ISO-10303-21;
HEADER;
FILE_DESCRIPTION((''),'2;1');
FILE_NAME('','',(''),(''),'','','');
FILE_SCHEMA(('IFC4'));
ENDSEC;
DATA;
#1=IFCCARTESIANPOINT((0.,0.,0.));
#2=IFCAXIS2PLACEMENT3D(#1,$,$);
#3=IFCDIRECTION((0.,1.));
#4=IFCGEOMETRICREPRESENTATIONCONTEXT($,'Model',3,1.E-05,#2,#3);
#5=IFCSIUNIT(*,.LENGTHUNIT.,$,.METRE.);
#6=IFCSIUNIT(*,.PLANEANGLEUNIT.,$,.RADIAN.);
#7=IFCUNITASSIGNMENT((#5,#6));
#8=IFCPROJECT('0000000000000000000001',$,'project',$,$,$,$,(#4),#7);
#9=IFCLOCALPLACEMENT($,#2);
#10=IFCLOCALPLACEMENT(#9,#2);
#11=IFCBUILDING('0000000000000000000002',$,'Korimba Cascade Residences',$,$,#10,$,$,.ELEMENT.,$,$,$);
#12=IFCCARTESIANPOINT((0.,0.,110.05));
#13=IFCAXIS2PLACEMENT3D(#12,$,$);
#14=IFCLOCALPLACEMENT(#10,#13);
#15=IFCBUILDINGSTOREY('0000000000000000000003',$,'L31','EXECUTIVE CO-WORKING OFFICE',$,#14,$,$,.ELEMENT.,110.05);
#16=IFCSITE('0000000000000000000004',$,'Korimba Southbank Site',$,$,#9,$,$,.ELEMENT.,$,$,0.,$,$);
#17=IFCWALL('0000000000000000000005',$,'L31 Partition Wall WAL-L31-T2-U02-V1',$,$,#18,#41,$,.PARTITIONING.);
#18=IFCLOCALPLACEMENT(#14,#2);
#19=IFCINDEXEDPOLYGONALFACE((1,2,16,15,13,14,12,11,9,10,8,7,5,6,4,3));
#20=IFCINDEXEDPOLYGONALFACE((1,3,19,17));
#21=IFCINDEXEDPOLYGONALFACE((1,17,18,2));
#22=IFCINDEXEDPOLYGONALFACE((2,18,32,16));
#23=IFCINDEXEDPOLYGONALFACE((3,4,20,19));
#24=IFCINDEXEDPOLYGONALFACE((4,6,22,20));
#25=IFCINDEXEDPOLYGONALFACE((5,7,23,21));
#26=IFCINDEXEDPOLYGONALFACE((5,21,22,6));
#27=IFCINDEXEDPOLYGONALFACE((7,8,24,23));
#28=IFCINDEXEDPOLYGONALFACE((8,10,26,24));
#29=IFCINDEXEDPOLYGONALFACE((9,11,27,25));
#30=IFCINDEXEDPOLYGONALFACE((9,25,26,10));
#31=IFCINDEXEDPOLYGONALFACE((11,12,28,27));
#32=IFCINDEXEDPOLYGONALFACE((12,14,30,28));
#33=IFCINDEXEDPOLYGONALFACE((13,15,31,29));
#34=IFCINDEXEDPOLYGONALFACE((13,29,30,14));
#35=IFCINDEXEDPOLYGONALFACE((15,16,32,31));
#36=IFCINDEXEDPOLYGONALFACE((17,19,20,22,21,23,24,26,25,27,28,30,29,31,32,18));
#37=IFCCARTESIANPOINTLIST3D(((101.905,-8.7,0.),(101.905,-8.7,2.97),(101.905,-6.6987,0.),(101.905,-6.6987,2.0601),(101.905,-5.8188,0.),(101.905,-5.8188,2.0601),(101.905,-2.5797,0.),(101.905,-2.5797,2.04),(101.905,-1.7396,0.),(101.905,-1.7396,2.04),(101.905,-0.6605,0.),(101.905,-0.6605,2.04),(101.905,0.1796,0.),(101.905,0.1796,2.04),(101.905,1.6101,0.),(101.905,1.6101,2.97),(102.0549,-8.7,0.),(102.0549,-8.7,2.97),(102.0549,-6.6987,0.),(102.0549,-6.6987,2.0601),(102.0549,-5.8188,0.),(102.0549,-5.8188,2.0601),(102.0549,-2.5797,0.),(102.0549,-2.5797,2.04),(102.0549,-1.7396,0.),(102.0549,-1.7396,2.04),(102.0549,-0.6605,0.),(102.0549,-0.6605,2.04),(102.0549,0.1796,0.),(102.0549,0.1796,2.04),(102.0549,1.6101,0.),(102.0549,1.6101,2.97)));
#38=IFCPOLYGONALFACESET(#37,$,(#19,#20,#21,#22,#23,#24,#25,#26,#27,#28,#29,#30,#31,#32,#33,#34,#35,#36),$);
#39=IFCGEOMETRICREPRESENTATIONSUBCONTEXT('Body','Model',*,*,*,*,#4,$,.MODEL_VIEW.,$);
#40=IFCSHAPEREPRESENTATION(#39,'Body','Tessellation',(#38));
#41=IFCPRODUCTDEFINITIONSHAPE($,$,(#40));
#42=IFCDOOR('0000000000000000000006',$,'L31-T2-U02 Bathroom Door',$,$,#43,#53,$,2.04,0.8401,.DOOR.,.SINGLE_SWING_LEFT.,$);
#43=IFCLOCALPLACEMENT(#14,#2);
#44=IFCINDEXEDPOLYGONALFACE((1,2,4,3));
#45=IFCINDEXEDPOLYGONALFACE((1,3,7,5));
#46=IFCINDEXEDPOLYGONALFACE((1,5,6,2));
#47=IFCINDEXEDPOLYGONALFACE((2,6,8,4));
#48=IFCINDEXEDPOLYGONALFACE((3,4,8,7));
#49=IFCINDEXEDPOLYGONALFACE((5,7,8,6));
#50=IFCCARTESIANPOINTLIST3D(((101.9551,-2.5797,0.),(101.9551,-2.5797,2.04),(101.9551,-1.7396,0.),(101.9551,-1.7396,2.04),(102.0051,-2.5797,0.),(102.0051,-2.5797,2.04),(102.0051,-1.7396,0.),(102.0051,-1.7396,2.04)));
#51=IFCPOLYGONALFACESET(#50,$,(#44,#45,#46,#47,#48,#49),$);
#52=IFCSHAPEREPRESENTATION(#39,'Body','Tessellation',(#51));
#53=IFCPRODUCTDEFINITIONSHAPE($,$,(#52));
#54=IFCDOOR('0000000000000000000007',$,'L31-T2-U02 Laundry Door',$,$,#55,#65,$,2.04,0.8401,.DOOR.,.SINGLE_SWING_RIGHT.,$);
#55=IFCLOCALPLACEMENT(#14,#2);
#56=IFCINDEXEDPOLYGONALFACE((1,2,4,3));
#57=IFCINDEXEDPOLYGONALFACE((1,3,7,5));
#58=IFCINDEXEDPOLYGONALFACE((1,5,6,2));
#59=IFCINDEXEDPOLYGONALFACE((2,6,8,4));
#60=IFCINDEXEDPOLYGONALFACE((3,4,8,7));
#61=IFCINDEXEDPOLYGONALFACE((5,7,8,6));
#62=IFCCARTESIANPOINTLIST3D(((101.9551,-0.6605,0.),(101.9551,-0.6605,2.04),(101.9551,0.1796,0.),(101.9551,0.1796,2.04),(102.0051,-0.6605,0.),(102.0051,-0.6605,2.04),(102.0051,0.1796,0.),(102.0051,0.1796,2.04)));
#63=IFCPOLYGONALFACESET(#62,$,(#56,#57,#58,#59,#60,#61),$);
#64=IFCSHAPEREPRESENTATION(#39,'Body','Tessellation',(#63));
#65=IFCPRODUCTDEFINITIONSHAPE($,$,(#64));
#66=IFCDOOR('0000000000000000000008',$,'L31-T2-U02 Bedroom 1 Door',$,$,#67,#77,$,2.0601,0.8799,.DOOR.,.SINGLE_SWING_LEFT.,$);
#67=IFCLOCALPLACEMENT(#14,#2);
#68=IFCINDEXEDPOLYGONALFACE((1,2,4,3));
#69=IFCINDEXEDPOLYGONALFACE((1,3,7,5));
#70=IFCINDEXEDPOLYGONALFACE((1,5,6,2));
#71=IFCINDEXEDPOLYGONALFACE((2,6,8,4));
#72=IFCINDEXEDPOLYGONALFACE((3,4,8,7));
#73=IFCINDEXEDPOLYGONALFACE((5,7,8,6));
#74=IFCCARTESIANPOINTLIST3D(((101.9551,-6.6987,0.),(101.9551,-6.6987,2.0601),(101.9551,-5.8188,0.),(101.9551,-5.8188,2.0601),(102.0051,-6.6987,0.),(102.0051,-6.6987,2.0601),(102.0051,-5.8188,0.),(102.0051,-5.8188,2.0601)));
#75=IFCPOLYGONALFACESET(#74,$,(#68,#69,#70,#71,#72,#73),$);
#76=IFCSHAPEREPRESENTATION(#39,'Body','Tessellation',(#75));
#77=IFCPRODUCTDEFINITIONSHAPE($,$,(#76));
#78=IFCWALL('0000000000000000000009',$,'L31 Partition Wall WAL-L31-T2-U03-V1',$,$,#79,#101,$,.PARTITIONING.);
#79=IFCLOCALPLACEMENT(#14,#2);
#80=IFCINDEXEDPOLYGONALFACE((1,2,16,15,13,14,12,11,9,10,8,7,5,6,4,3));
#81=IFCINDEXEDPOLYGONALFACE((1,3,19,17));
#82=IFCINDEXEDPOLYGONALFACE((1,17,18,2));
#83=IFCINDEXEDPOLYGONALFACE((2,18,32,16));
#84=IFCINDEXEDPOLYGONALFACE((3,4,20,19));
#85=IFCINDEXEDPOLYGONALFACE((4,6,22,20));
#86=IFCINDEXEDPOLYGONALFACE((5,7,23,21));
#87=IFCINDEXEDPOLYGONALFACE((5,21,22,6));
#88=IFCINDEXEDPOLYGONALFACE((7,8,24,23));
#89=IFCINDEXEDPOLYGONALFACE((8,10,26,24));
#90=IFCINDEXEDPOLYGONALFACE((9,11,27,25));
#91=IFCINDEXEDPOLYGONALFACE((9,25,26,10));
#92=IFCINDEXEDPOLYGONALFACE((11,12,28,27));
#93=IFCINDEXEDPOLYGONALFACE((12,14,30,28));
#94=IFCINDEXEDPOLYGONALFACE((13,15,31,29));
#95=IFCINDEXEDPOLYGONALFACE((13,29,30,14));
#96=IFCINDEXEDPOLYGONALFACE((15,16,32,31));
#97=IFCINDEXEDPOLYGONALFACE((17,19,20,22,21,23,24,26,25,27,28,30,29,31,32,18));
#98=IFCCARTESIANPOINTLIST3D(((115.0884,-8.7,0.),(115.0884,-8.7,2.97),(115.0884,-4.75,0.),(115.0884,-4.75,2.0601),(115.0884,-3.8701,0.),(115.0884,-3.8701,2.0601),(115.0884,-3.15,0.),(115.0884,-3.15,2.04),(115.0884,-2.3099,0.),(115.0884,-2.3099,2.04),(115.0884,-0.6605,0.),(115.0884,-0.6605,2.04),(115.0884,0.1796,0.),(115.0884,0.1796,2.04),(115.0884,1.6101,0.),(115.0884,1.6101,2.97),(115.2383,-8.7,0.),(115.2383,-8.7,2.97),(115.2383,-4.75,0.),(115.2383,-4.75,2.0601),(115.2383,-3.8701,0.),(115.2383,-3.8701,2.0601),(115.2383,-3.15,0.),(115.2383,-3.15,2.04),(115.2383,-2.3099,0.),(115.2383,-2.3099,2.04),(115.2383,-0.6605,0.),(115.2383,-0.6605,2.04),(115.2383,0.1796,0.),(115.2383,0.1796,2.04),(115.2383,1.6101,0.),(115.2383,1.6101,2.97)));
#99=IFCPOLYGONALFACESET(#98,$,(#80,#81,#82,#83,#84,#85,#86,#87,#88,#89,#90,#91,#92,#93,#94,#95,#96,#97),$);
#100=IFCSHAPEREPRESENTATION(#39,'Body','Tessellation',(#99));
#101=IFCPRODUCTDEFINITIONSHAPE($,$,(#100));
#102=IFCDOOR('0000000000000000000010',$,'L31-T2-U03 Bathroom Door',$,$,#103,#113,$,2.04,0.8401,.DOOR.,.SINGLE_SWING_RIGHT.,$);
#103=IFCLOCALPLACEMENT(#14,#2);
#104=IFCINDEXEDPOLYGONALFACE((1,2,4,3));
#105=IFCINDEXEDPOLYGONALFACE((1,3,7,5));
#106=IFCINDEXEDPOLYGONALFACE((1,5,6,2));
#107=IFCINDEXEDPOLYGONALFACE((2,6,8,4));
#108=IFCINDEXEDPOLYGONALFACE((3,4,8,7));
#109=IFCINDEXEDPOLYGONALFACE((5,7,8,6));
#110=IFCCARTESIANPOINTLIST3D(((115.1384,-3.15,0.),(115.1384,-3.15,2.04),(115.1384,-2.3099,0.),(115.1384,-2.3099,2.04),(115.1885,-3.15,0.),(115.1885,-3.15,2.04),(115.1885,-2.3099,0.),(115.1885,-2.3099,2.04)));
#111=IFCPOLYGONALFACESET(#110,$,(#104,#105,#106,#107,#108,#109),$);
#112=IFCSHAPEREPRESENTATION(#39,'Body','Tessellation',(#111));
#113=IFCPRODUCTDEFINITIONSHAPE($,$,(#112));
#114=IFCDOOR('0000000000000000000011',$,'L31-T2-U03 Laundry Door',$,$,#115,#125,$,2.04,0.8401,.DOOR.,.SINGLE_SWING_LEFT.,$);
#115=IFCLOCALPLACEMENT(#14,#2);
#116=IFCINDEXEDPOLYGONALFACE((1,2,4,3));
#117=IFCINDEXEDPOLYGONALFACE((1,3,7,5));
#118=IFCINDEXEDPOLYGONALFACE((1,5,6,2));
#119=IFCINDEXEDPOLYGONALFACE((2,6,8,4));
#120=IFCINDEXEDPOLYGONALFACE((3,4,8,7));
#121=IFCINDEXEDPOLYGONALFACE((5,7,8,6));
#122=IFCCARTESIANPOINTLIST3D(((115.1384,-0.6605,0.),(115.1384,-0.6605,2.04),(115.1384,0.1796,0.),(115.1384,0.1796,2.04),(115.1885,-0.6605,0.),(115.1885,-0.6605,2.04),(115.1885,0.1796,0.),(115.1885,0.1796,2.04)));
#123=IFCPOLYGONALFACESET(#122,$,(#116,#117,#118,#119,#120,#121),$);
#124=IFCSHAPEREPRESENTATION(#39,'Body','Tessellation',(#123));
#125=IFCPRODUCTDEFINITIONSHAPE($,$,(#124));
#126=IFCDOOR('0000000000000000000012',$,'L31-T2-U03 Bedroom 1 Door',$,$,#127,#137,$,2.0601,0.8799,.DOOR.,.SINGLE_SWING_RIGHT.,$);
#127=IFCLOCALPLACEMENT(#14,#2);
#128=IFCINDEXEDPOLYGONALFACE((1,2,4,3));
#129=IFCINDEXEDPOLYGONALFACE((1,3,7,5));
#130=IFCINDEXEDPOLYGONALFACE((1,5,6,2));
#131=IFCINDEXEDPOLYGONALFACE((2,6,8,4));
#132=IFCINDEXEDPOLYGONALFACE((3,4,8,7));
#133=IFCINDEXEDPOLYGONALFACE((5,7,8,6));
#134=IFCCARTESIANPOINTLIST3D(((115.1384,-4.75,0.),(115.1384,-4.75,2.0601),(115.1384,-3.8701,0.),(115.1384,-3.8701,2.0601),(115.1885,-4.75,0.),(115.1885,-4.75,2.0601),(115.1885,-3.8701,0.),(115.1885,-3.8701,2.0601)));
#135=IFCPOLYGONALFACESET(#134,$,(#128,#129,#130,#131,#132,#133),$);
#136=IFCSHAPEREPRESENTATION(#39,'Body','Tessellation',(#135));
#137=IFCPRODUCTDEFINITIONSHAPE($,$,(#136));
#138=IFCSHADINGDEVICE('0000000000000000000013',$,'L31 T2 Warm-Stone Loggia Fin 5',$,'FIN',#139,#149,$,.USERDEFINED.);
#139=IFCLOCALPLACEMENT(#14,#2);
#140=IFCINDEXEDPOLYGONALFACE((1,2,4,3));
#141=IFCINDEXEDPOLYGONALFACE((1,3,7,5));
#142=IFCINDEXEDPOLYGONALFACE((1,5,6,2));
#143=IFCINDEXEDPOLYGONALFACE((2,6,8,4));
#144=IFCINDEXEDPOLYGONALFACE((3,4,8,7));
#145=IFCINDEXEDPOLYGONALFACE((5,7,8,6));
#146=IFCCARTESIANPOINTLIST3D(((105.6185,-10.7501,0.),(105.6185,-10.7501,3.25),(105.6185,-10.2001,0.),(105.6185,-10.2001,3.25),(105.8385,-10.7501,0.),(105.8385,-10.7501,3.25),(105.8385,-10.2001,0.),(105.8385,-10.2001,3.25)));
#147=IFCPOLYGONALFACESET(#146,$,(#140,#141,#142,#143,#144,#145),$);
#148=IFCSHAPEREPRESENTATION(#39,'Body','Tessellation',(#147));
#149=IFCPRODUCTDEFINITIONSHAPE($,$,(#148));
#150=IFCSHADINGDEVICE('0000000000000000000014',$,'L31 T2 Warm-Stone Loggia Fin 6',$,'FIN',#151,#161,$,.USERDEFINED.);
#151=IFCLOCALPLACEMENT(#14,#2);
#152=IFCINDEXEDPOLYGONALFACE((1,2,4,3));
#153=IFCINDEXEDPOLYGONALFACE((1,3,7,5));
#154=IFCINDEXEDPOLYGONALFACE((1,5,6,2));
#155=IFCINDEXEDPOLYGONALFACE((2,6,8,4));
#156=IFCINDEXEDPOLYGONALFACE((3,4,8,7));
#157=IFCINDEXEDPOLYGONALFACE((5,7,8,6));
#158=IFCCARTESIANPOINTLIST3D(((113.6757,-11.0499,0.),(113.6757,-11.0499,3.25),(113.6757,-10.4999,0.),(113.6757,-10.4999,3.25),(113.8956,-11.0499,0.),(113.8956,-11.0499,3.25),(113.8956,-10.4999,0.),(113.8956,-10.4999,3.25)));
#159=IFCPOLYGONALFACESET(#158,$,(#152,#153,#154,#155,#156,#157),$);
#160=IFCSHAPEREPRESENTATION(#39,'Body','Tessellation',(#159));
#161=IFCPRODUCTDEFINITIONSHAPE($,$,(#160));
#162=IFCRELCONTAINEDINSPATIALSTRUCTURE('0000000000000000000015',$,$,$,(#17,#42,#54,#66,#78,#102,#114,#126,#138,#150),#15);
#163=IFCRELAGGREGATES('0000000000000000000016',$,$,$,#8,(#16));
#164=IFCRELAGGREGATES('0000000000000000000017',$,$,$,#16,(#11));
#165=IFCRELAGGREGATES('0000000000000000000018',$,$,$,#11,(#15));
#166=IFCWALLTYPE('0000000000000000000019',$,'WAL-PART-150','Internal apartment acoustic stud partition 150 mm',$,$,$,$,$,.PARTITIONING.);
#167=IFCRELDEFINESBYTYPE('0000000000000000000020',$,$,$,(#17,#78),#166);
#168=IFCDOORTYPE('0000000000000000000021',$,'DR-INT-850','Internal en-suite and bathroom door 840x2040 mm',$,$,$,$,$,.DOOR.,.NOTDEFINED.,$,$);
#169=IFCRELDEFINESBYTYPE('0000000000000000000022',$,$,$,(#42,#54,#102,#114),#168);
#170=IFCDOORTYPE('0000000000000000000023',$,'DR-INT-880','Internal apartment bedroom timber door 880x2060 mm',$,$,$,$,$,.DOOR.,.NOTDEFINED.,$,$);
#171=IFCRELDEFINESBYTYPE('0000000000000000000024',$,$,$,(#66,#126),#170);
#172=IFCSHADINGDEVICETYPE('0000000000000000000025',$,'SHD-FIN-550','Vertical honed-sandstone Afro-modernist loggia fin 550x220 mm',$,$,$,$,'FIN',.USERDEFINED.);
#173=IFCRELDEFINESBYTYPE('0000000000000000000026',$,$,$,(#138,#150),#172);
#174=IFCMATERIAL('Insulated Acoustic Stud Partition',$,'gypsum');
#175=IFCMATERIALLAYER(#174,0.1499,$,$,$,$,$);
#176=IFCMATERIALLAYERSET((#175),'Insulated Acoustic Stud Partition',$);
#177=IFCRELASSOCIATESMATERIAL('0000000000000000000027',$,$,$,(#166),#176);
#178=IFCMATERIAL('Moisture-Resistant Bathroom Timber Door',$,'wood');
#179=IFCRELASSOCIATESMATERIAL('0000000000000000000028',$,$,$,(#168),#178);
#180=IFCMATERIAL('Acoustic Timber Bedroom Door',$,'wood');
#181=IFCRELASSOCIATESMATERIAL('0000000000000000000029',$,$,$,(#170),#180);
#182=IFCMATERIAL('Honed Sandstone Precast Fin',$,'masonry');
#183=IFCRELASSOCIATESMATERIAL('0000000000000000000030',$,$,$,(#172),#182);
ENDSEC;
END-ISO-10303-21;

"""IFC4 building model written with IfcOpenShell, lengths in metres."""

from ifc_helpers import new_model, si_unit, direction, frame, frame_2d, origin, origin_2d, place, context, subcontext, project, spatial, rectangle, extrude, material, layer, layer_set, type_object, element, fill, save


model = new_model("IFC4")

# Units and contexts
model_context = context("Model", 3, precision=1e-05, world=origin(), true_north=direction((0.0, 1.0)))
body_context = subcontext(model_context, "Body", "Model", "MODEL_VIEW")
ifc_project = project(units=[si_unit("LENGTHUNIT", "METRE"), si_unit("PLANEANGLEUNIT", "RADIAN")], contexts=[model_context])

# Site, building, storey
site_placement = place(None, origin())
site = spatial("IfcSite", under=ifc_project, at=site_placement, Name="Korimba Southbank Site", CompositionType="ELEMENT", RefElevation=0.0)
building_placement = place(site_placement, origin())
building = spatial("IfcBuilding", under=site, at=building_placement, Name="Korimba Cascade Residences", CompositionType="ELEMENT")
storey_placement = place(building_placement, frame((0.0, 0.0, 110.05)))
storey = spatial("IfcBuildingStorey", under=building, at=storey_placement, Name="L31", Description="EXECUTIVE CO-WORKING OFFICE", CompositionType="ELEMENT", Elevation=110.05)

# Walls, openings, doors
ifc_material_1 = material(Name="Insulated Acoustic Stud Partition", Category="gypsum")
ifc_layer_1 = layer(ifc_material_1, 0.1499)
ifc_layer_set_1 = layer_set([ifc_layer_1], Name="Insulated Acoustic Stud Partition")
wall_type_1 = type_object("IfcWallType", Name="WAL-PART-150", Description="Internal apartment acoustic stud partition 150 mm", PredefinedType="PARTITIONING", material=ifc_layer_set_1)
wall_1_placement = place(storey_placement, frame((101.98, -8.7, 0.0), z_axis=(0.0, 0.0, 1.0), x_axis=(0.0, 1.0, 0.0)))
wall_1 = element("IfcWall", 1, at=wall_1_placement, inside=storey, type_object=wall_type_1, Name="L31 Partition Wall WAL-L31-T2-U02-V1", PredefinedType="PARTITIONING", context=body_context, shape_type="SweptSolid", body=[
    extrude(rectangle(XDim=10.3101, YDim=0.1499, at=frame_2d((5.155, 0.0))), origin(), (0.0, 0.0, 1.0), 2.97),
])
opening_1_placement = place(wall_1_placement, frame((6.1204, 0.0, 0.0)))
opening_1 = element("IfcOpeningElement", 2, at=opening_1_placement, cuts=wall_1, PredefinedType="OPENING", context=body_context, shape_type="SweptSolid", body=[
    extrude(rectangle(XDim=0.8401, YDim=2.04, at=frame_2d((0.4199, 1.02))), frame((0.0, 0.085, 0.0), z_axis=(0.0, -1.0, 0.0), x_axis=(1.0, 0.0, 0.0)), (0.0, 0.0, 1.0), 0.1699),
])
opening_2_placement = place(wall_1_placement, frame((8.0396, 0.0, 0.0)))
opening_2 = element("IfcOpeningElement", 3, at=opening_2_placement, cuts=wall_1, PredefinedType="OPENING", context=body_context, shape_type="SweptSolid", body=[
    extrude(rectangle(XDim=0.8401, YDim=2.04, at=frame_2d((0.4199, 1.02))), frame((0.0, 0.085, 0.0), z_axis=(0.0, -1.0, 0.0), x_axis=(1.0, 0.0, 0.0)), (0.0, 0.0, 1.0), 0.1699),
])
opening_3_placement = place(wall_1_placement, frame((2.0012, 0.0, 0.0)))
opening_3 = element("IfcOpeningElement", 4, at=opening_3_placement, cuts=wall_1, PredefinedType="OPENING", context=body_context, shape_type="SweptSolid", body=[
    extrude(rectangle(XDim=0.8799, YDim=2.0601, at=frame_2d((0.4399, 1.03))), frame((0.0, 0.085, 0.0), z_axis=(0.0, -1.0, 0.0), x_axis=(1.0, 0.0, 0.0)), (0.0, 0.0, 1.0), 0.1699),
])
ifc_material_2 = material(Name="Moisture-Resistant Bathroom Timber Door", Category="wood")
door_type_1 = type_object("IfcDoorType", Name="DR-INT-850", Description="Internal en-suite and bathroom door 840x2040 mm", OperationType="NOTDEFINED", PredefinedType="DOOR", material=ifc_material_2)
door_1_placement = place(opening_1_placement, origin())
door_1 = element("IfcDoor", 5, at=door_1_placement, inside=storey, type_object=door_type_1, Name="L31-T2-U02 Bathroom Door", OperationType="SINGLE_SWING_LEFT", OverallHeight=2.04, OverallWidth=0.8401, PredefinedType="DOOR", context=body_context, shape_type="SweptSolid", body=[
    extrude(rectangle(XDim=0.8401, YDim=2.04, at=frame_2d((0.4199, 1.02))), frame((0.0, 0.0249, 0.0), z_axis=(0.0, -1.0, 0.0), x_axis=(1.0, 0.0, 0.0)), (0.0, 0.0, 1.0), 0.05),
])
fill(opening_1, door_1)
door_2_placement = place(opening_2_placement, origin())
door_2 = element("IfcDoor", 6, at=door_2_placement, inside=storey, type_object=door_type_1, Name="L31-T2-U02 Laundry Door", OperationType="SINGLE_SWING_RIGHT", OverallHeight=2.04, OverallWidth=0.8401, PredefinedType="DOOR", context=body_context, shape_type="SweptSolid", body=[
    extrude(rectangle(XDim=0.8401, YDim=2.04, at=frame_2d((0.4199, 1.02))), frame((0.0, 0.0249, 0.0), z_axis=(0.0, -1.0, 0.0), x_axis=(1.0, 0.0, 0.0)), (0.0, 0.0, 1.0), 0.05),
])
fill(opening_2, door_2)
ifc_material_3 = material(Name="Acoustic Timber Bedroom Door", Category="wood")
door_type_2 = type_object("IfcDoorType", Name="DR-INT-880", Description="Internal apartment bedroom timber door 880x2060 mm", OperationType="NOTDEFINED", PredefinedType="DOOR", material=ifc_material_3)
door_3_placement = place(opening_3_placement, origin())
door_3 = element("IfcDoor", 7, at=door_3_placement, inside=storey, type_object=door_type_2, Name="L31-T2-U02 Bedroom 1 Door", OperationType="SINGLE_SWING_LEFT", OverallHeight=2.0601, OverallWidth=0.8799, PredefinedType="DOOR", context=body_context, shape_type="SweptSolid", body=[
    extrude(rectangle(XDim=0.8799, YDim=2.0601, at=frame_2d((0.4399, 1.03))), frame((0.0, 0.0249, 0.0), z_axis=(0.0, -1.0, 0.0), x_axis=(1.0, 0.0, 0.0)), (0.0, 0.0, 1.0), 0.05),
])
fill(opening_3, door_3)
wall_2_placement = place(storey_placement, frame((115.1633, -8.7, 0.0), z_axis=(0.0, 0.0, 1.0), x_axis=(0.0, 1.0, 0.0)))
wall_2 = element("IfcWall", 8, at=wall_2_placement, inside=storey, type_object=wall_type_1, Name="L31 Partition Wall WAL-L31-T2-U03-V1", PredefinedType="PARTITIONING", context=body_context, shape_type="SweptSolid", body=[
    extrude(rectangle(XDim=10.3101, YDim=0.1499, at=frame_2d((5.155, 0.0))), origin(), (0.0, 0.0, 1.0), 2.97),
])
opening_4_placement = place(wall_2_placement, frame((5.55, 0.0, 0.0)))
opening_4 = element("IfcOpeningElement", 9, at=opening_4_placement, cuts=wall_2, PredefinedType="OPENING", context=body_context, shape_type="SweptSolid", body=[
    extrude(rectangle(XDim=0.8401, YDim=2.04, at=frame_2d((0.4199, 1.02))), frame((0.0, 0.085, 0.0), z_axis=(0.0, -1.0, 0.0), x_axis=(1.0, 0.0, 0.0)), (0.0, 0.0, 1.0), 0.1699),
])
opening_5_placement = place(wall_2_placement, frame((8.0396, 0.0, 0.0)))
opening_5 = element("IfcOpeningElement", 10, at=opening_5_placement, cuts=wall_2, PredefinedType="OPENING", context=body_context, shape_type="SweptSolid", body=[
    extrude(rectangle(XDim=0.8401, YDim=2.04, at=frame_2d((0.4199, 1.02))), frame((0.0, 0.085, 0.0), z_axis=(0.0, -1.0, 0.0), x_axis=(1.0, 0.0, 0.0)), (0.0, 0.0, 1.0), 0.1699),
])
opening_6_placement = place(wall_2_placement, frame((3.95, 0.0, 0.0)))
opening_6 = element("IfcOpeningElement", 11, at=opening_6_placement, cuts=wall_2, PredefinedType="OPENING", context=body_context, shape_type="SweptSolid", body=[
    extrude(rectangle(XDim=0.8799, YDim=2.0601, at=frame_2d((0.4399, 1.03))), frame((0.0, 0.085, 0.0), z_axis=(0.0, -1.0, 0.0), x_axis=(1.0, 0.0, 0.0)), (0.0, 0.0, 1.0), 0.1699),
])
door_4_placement = place(opening_4_placement, origin())
door_4 = element("IfcDoor", 12, at=door_4_placement, inside=storey, type_object=door_type_1, Name="L31-T2-U03 Bathroom Door", OperationType="SINGLE_SWING_RIGHT", OverallHeight=2.04, OverallWidth=0.8401, PredefinedType="DOOR", context=body_context, shape_type="SweptSolid", body=[
    extrude(rectangle(XDim=0.8401, YDim=2.04, at=frame_2d((0.4199, 1.02))), frame((0.0, 0.0249, 0.0), z_axis=(0.0, -1.0, 0.0), x_axis=(1.0, 0.0, 0.0)), (0.0, 0.0, 1.0), 0.05),
])
fill(opening_4, door_4)
door_5_placement = place(opening_5_placement, origin())
door_5 = element("IfcDoor", 13, at=door_5_placement, inside=storey, type_object=door_type_1, Name="L31-T2-U03 Laundry Door", OperationType="SINGLE_SWING_LEFT", OverallHeight=2.04, OverallWidth=0.8401, PredefinedType="DOOR", context=body_context, shape_type="SweptSolid", body=[
    extrude(rectangle(XDim=0.8401, YDim=2.04, at=frame_2d((0.4199, 1.02))), frame((0.0, 0.0249, 0.0), z_axis=(0.0, -1.0, 0.0), x_axis=(1.0, 0.0, 0.0)), (0.0, 0.0, 1.0), 0.05),
])
fill(opening_5, door_5)
door_6_placement = place(opening_6_placement, origin())
door_6 = element("IfcDoor", 14, at=door_6_placement, inside=storey, type_object=door_type_2, Name="L31-T2-U03 Bedroom 1 Door", OperationType="SINGLE_SWING_RIGHT", OverallHeight=2.0601, OverallWidth=0.8799, PredefinedType="DOOR", context=body_context, shape_type="SweptSolid", body=[
    extrude(rectangle(XDim=0.8799, YDim=2.0601, at=frame_2d((0.4399, 1.03))), frame((0.0, 0.0249, 0.0), z_axis=(0.0, -1.0, 0.0), x_axis=(1.0, 0.0, 0.0)), (0.0, 0.0, 1.0), 0.05),
])
fill(opening_6, door_6)

# Shading devices
ifc_material_4 = material(Name="Honed Sandstone Precast Fin", Category="masonry")
shading_device_type = type_object("IfcShadingDeviceType", Name="SHD-FIN-550", Description="Vertical honed-sandstone Afro-modernist loggia fin 550x220 mm", ElementType="FIN", PredefinedType="USERDEFINED", material=ifc_material_4)
for number, where, z_axis, x_axis, name in (
    (15, (105.7285, -10.4751, 0.0), (0.0, 0.0, 1.0), (1.0, 0.0, 0.0), "L31 T2 Warm-Stone Loggia Fin 5"),
    (16, (113.7856, -10.7749, 0.0), (0.0, 0.0, 1.0), (1.0, 0.0, 0.0), "L31 T2 Warm-Stone Loggia Fin 6"),
):
    element("IfcShadingDevice", number, at=place(storey_placement, frame(where, z_axis=z_axis, x_axis=x_axis)), inside=storey, type_object=shading_device_type, Name=name, ObjectType="FIN", PredefinedType="USERDEFINED", context=body_context, shape_type="SweptSolid", body=[
        extrude(rectangle(XDim=0.22, YDim=0.55, at=origin_2d()), origin(), (0.0, 0.0, 1.0), 3.25),
    ])

save(model, "model.ifc")
